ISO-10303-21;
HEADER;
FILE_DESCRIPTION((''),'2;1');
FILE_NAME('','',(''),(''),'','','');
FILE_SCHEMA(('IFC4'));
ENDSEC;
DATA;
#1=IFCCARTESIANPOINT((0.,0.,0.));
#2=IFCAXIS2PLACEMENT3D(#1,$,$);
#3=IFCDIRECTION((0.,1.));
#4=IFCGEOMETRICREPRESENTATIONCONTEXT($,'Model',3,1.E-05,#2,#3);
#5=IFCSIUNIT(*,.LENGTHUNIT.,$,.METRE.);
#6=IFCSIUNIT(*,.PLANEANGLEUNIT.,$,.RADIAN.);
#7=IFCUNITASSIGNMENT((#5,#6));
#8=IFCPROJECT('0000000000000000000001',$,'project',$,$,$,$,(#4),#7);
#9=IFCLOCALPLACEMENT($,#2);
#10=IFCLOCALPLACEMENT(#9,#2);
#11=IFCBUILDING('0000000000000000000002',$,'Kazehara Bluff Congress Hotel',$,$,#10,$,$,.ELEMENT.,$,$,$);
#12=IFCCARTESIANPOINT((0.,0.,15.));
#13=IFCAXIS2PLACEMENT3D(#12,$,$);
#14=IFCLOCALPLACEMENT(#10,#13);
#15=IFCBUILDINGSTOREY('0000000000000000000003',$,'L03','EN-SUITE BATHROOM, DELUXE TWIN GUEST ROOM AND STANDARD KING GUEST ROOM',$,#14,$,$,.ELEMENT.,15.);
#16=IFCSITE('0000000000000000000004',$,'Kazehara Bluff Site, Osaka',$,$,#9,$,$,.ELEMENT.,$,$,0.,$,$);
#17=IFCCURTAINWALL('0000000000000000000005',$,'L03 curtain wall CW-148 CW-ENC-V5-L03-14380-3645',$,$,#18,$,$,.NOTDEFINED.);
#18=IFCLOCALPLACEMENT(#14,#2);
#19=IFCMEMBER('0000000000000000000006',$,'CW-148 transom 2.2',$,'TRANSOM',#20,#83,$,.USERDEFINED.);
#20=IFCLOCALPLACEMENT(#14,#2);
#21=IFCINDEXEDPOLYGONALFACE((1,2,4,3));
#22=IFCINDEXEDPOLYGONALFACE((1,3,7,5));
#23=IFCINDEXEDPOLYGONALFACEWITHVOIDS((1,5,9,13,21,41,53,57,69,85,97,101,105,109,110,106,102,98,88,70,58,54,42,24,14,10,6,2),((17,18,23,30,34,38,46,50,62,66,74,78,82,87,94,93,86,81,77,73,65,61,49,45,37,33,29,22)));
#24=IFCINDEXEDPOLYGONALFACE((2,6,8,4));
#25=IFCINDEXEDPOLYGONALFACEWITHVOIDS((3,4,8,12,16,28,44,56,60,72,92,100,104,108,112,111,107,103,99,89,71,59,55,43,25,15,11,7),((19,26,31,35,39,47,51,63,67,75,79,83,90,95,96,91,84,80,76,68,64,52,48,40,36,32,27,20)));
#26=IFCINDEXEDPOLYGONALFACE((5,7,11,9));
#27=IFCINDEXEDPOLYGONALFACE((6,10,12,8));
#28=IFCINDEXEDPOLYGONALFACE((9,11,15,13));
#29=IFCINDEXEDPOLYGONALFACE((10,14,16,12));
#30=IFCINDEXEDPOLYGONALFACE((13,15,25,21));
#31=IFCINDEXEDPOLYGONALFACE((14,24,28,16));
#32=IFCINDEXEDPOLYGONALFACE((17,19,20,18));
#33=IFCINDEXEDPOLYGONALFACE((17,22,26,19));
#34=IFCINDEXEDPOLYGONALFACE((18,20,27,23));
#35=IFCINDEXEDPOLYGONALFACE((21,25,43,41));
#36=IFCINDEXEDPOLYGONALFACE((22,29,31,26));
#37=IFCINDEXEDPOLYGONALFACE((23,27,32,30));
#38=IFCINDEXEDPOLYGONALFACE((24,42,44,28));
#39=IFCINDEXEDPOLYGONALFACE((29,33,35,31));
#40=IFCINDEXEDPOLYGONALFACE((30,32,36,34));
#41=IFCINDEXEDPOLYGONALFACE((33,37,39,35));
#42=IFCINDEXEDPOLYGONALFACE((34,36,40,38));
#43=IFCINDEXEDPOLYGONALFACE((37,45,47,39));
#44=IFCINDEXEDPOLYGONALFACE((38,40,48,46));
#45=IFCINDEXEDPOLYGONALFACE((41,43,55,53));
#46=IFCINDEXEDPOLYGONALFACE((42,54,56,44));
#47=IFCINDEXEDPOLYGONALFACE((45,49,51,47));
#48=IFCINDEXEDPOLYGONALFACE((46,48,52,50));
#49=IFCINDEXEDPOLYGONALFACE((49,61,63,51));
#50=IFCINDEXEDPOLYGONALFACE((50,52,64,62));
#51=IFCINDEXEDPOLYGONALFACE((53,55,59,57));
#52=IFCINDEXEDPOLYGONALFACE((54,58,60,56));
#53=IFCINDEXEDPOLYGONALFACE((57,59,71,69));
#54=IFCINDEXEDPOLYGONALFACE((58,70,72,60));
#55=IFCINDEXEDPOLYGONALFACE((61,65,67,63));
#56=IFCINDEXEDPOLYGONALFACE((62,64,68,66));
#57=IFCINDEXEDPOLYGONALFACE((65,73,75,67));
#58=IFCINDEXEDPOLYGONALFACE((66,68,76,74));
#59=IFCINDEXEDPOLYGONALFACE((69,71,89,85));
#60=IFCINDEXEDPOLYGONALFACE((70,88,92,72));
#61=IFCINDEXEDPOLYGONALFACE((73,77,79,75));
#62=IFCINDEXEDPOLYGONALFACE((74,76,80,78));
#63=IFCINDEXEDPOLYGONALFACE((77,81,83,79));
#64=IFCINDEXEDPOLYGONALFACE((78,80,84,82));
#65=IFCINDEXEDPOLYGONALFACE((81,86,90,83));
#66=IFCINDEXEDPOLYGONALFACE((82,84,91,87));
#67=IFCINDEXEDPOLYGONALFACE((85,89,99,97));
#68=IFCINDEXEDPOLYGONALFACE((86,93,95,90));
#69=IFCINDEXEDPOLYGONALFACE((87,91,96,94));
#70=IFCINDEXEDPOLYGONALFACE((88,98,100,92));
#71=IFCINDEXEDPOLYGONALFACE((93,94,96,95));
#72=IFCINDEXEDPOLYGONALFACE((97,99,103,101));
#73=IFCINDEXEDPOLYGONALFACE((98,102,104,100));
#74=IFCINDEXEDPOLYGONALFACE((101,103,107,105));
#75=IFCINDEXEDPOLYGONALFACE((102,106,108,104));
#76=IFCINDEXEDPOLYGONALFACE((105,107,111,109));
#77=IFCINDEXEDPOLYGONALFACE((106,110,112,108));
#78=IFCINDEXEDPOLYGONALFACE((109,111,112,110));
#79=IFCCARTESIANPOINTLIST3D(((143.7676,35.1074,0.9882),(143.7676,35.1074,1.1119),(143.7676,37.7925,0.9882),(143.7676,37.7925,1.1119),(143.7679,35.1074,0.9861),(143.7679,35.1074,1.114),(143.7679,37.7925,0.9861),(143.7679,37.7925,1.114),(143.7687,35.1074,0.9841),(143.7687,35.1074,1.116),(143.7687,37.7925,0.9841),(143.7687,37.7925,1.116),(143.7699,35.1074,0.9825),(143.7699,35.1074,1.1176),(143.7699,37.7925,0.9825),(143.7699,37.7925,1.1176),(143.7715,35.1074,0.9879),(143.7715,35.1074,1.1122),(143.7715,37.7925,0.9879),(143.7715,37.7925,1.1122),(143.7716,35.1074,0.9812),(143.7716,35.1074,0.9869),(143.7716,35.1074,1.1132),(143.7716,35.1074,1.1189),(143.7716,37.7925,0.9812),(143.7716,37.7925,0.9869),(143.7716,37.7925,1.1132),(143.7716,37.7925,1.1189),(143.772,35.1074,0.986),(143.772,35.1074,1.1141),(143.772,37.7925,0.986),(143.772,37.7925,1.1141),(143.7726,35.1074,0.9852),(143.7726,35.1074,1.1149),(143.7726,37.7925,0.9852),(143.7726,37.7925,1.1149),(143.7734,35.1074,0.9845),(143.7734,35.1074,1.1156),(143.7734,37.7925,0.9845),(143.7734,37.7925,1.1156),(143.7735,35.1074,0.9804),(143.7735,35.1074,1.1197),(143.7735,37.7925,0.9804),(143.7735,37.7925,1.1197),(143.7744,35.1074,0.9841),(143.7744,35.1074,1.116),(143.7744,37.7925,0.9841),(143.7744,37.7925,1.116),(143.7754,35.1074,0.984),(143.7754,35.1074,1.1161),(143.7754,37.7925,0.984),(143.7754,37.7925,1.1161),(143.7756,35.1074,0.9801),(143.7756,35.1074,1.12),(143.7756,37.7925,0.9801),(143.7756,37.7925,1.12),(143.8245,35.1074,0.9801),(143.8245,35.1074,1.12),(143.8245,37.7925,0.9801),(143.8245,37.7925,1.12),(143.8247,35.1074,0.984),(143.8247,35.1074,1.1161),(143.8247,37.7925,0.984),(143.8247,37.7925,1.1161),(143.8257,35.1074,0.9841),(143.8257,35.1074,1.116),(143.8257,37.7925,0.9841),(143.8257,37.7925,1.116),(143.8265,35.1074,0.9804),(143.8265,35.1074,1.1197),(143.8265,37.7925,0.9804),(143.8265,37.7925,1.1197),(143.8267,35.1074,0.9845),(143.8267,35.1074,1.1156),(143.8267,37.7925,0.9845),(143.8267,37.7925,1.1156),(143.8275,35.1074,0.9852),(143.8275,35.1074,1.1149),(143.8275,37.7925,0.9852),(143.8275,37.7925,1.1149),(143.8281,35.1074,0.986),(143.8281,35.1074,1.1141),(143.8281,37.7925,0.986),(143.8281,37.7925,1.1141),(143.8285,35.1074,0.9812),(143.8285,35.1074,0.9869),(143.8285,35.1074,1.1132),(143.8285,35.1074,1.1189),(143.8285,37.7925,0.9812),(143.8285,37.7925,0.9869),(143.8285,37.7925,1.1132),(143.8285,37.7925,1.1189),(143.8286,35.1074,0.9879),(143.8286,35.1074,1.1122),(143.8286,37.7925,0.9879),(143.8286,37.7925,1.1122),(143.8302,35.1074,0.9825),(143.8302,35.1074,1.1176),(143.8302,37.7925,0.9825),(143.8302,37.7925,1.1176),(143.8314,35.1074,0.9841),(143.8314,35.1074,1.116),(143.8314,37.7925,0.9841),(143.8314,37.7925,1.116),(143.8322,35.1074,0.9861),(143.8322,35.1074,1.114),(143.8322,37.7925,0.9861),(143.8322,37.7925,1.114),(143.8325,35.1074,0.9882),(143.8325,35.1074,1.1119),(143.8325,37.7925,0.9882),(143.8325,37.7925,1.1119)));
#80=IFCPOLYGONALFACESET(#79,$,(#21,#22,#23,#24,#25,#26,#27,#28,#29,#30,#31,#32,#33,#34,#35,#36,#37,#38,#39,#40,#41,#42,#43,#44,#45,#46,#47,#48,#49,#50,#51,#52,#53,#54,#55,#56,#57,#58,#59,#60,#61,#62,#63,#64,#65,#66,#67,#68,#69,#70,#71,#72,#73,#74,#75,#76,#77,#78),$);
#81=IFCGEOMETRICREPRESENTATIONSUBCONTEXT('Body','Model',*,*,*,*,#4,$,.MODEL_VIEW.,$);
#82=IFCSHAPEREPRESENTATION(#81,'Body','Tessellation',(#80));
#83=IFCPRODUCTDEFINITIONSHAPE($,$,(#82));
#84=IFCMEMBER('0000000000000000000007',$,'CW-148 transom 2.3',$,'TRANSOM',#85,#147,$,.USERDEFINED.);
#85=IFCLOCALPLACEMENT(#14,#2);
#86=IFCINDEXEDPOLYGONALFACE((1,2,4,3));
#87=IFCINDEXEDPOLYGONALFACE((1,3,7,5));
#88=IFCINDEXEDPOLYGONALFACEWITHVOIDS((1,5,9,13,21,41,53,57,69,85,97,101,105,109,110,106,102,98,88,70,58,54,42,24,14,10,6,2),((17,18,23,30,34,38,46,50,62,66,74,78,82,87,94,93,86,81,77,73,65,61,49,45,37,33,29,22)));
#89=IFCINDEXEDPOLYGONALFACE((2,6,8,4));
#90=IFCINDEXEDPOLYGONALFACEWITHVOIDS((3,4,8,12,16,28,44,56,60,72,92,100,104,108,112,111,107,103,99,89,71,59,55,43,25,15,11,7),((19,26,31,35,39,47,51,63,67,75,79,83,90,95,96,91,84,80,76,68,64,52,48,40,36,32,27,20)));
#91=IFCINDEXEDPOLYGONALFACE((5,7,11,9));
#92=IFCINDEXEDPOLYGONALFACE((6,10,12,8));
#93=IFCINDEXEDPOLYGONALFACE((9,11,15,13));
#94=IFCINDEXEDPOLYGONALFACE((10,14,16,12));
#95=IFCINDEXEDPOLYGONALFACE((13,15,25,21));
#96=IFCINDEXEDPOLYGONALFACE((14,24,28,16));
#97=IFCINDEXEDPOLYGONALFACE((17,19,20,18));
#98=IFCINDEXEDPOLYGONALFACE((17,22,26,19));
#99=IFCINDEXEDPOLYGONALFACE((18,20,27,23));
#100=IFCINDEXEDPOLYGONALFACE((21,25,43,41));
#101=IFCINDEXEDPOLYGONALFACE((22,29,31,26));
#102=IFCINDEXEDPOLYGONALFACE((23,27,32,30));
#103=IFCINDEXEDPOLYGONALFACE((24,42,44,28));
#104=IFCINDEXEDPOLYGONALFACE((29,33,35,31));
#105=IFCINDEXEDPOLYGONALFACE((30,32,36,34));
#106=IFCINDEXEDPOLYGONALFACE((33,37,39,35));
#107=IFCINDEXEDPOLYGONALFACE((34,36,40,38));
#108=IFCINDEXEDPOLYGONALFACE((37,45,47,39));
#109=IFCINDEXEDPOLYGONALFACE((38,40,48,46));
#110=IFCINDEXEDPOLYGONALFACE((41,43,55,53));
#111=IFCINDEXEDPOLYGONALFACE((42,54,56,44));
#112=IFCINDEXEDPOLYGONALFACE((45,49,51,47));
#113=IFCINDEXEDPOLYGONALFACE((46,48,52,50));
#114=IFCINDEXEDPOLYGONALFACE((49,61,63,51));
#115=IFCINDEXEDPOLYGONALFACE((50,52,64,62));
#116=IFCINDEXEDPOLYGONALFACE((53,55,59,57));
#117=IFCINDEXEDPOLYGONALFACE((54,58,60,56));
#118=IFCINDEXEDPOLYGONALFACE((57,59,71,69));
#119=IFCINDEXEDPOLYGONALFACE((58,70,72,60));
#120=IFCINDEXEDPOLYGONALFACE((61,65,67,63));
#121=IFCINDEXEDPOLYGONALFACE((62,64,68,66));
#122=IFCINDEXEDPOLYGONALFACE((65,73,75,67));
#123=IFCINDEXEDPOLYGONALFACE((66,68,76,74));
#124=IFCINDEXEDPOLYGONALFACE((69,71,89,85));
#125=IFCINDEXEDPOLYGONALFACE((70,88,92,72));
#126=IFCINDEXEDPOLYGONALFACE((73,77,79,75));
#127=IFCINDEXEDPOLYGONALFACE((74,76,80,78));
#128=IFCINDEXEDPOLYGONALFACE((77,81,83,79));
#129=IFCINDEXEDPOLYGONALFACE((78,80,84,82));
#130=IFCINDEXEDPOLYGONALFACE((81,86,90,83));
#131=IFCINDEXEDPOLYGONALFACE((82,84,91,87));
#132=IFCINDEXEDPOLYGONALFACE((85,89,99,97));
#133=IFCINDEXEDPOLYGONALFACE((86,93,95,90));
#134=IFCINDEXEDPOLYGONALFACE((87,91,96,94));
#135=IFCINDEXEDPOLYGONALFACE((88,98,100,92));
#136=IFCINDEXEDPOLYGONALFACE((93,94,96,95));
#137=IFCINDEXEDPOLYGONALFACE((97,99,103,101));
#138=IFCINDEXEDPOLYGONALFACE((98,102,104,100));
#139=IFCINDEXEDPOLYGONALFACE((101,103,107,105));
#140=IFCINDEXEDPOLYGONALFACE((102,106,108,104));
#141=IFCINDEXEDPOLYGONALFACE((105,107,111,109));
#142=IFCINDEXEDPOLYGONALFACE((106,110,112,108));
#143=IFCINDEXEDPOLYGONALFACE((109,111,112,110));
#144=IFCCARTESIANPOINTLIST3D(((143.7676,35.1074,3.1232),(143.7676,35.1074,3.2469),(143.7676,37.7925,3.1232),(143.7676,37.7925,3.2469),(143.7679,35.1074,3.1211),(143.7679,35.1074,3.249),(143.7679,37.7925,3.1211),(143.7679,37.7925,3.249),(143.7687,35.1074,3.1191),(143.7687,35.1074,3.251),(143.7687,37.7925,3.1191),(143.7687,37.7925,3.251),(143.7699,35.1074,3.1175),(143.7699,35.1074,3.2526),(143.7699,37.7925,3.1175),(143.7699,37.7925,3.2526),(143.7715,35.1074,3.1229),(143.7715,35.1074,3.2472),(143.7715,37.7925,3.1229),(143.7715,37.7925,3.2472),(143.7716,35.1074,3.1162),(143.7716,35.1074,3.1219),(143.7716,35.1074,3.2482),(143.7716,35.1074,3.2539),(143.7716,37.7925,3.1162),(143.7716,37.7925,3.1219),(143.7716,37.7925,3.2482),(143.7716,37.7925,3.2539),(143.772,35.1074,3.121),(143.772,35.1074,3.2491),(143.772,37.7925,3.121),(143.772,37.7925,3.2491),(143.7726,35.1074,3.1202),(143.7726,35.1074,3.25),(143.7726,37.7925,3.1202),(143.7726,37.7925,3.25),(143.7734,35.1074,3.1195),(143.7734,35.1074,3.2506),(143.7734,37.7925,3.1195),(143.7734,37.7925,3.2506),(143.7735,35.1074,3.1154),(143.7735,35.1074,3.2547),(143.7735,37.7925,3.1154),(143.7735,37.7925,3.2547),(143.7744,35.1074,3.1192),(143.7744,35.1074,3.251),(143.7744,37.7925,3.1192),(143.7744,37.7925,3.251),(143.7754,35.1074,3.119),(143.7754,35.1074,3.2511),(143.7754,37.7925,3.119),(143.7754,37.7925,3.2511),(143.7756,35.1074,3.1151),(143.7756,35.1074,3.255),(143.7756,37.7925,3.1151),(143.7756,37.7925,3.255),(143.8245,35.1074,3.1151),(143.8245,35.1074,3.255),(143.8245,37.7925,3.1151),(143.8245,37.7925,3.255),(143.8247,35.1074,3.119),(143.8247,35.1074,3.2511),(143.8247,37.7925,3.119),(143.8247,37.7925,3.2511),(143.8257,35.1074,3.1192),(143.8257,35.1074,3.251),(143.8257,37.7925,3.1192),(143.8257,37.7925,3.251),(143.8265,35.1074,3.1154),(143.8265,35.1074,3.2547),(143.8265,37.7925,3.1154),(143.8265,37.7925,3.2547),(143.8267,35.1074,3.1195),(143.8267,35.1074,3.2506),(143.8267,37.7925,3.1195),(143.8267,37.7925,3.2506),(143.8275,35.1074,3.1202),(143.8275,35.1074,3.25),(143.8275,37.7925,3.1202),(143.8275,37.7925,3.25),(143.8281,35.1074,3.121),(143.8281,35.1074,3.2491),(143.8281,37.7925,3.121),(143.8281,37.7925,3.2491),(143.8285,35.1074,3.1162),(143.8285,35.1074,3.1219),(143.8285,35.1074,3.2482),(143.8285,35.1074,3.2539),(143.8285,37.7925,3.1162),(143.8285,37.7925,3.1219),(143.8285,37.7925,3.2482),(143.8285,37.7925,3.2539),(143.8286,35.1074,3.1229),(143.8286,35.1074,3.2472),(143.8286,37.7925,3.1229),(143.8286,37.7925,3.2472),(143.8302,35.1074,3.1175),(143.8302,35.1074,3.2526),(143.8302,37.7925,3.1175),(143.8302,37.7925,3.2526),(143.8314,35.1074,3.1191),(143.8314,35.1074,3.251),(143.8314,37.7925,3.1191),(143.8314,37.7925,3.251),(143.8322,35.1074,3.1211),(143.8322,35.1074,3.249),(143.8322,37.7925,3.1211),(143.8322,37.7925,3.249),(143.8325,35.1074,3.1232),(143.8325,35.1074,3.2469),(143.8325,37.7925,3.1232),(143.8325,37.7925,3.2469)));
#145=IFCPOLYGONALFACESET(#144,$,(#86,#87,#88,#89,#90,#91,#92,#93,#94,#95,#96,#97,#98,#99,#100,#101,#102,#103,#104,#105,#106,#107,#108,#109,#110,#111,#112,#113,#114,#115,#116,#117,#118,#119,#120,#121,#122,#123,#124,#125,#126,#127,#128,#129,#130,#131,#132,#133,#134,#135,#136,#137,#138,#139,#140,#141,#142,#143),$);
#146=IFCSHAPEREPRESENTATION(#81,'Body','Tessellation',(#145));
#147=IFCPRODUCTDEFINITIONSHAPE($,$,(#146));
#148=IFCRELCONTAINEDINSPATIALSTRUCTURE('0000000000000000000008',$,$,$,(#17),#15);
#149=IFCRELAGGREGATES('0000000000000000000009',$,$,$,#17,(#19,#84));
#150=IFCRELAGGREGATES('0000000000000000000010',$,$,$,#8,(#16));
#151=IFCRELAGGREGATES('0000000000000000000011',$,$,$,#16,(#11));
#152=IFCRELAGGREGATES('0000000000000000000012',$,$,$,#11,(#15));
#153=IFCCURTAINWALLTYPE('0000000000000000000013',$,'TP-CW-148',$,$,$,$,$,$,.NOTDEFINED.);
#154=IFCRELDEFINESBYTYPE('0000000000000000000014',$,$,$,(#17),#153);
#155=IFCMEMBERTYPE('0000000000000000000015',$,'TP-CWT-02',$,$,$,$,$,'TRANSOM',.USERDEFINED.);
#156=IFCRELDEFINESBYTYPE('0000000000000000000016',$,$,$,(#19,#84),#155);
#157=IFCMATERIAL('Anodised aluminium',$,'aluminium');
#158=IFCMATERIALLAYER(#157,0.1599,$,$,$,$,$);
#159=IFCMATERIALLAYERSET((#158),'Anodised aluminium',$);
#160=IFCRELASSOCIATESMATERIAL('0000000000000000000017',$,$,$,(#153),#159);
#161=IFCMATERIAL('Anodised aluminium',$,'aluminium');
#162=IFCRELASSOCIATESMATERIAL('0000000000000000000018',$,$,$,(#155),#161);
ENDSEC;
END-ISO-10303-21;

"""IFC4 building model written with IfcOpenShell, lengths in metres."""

from ifc_helpers import new_model, si_unit, direction, frame, origin, origin_2d, place, context, subcontext, project, spatial, hollow_rectangle, extrude, material, layer, layer_set, material_profile, profile_set, type_object, element, aggregate, save


model = new_model("IFC4")

# Units and contexts
model_context = context("Model", 3, precision=1e-05, world=origin(), true_north=direction((0.0, 1.0)))
body_context = subcontext(model_context, "Body", "Model", "MODEL_VIEW")
ifc_project = project(units=[si_unit("LENGTHUNIT", "METRE"), si_unit("PLANEANGLEUNIT", "RADIAN")], contexts=[model_context])

# Site, building, storey
site_placement = place(None, origin())
site = spatial("IfcSite", under=ifc_project, at=site_placement, Name="Kazehara Bluff Site, Osaka", CompositionType="ELEMENT", RefElevation=0.0)
building_placement = place(site_placement, origin())
building = spatial("IfcBuilding", under=site, at=building_placement, Name="Kazehara Bluff Congress Hotel", CompositionType="ELEMENT")
storey_placement = place(building_placement, frame((0.0, 0.0, 15.0)))
storey = spatial("IfcBuildingStorey", under=building, at=storey_placement, Name="L03", Description="EN-SUITE BATHROOM, DELUXE TWIN GUEST ROOM AND STANDARD KING GUEST ROOM", CompositionType="ELEMENT", Elevation=15.0)

# Curtain wall, members
ifc_material_1 = material(Name="Anodised aluminium", Category="aluminium")
ifc_layer_1 = layer(ifc_material_1, 0.1599)
ifc_layer_set_1 = layer_set([ifc_layer_1], Name="Anodised aluminium")
curtain_wall_type = type_object("IfcCurtainWallType", Name="TP-CW-148", PredefinedType="NOTDEFINED", material=ifc_layer_set_1)
curtain_wall_placement = place(storey_placement, origin())
curtain_wall = element("IfcCurtainWall", 1, at=curtain_wall_placement, inside=storey, type_object=curtain_wall_type, Name="L03 curtain wall CW-148 CW-ENC-V5-L03-14380-3645", PredefinedType="NOTDEFINED")
ifc_material_2 = material(Name="Anodised aluminium", Category="aluminium")
ifc_material_profile_1 = material_profile(ifc_material_2, hollow_rectangle(XDim=0.0649, YDim=0.1399, WallThickness=0.0039, InnerFilletRadius=0.0039, OuterFilletRadius=0.0081, at=origin_2d()))
ifc_profile_set_1 = profile_set([ifc_material_profile_1], Name="Anodised aluminium")
member_type_1 = type_object("IfcMemberType", Name="TP-CWT-02", ElementType="TRANSOM", PredefinedType="USERDEFINED", material=ifc_profile_set_1)
member_1_placement = place(storey_placement, frame((143.8, 35.1074, 1.05), z_axis=(0.0, 1.0, 0.0), x_axis=(-1.0, 0.0, 0.0)))
member_1 = element("IfcMember", 2, at=member_1_placement, type_object=member_type_1, Name="CW-148 transom 2.2", ObjectType="TRANSOM", PredefinedType="USERDEFINED", context=body_context, shape_type="SweptSolid", body=[
    extrude(hollow_rectangle(XDim=0.0649, YDim=0.1399, WallThickness=0.0039, InnerFilletRadius=0.0039, OuterFilletRadius=0.0081, at=origin_2d()), origin(), (0.0, 0.0, 1.0), 2.6851),
])
member_2_placement = place(storey_placement, frame((143.8, 35.1074, 3.1851), z_axis=(0.0, 1.0, 0.0), x_axis=(-1.0, 0.0, 0.0)))
member_2 = element("IfcMember", 3, at=member_2_placement, type_object=member_type_1, Name="CW-148 transom 2.3", ObjectType="TRANSOM", PredefinedType="USERDEFINED", context=body_context, shape_type="SweptSolid", body=[
    extrude(hollow_rectangle(XDim=0.0649, YDim=0.1399, WallThickness=0.0039, InnerFilletRadius=0.0039, OuterFilletRadius=0.0081, at=origin_2d()), origin(), (0.0, 0.0, 1.0), 2.6851),
])

aggregate(curtain_wall, [member_1, member_2])

save(model, "model.ifc")
